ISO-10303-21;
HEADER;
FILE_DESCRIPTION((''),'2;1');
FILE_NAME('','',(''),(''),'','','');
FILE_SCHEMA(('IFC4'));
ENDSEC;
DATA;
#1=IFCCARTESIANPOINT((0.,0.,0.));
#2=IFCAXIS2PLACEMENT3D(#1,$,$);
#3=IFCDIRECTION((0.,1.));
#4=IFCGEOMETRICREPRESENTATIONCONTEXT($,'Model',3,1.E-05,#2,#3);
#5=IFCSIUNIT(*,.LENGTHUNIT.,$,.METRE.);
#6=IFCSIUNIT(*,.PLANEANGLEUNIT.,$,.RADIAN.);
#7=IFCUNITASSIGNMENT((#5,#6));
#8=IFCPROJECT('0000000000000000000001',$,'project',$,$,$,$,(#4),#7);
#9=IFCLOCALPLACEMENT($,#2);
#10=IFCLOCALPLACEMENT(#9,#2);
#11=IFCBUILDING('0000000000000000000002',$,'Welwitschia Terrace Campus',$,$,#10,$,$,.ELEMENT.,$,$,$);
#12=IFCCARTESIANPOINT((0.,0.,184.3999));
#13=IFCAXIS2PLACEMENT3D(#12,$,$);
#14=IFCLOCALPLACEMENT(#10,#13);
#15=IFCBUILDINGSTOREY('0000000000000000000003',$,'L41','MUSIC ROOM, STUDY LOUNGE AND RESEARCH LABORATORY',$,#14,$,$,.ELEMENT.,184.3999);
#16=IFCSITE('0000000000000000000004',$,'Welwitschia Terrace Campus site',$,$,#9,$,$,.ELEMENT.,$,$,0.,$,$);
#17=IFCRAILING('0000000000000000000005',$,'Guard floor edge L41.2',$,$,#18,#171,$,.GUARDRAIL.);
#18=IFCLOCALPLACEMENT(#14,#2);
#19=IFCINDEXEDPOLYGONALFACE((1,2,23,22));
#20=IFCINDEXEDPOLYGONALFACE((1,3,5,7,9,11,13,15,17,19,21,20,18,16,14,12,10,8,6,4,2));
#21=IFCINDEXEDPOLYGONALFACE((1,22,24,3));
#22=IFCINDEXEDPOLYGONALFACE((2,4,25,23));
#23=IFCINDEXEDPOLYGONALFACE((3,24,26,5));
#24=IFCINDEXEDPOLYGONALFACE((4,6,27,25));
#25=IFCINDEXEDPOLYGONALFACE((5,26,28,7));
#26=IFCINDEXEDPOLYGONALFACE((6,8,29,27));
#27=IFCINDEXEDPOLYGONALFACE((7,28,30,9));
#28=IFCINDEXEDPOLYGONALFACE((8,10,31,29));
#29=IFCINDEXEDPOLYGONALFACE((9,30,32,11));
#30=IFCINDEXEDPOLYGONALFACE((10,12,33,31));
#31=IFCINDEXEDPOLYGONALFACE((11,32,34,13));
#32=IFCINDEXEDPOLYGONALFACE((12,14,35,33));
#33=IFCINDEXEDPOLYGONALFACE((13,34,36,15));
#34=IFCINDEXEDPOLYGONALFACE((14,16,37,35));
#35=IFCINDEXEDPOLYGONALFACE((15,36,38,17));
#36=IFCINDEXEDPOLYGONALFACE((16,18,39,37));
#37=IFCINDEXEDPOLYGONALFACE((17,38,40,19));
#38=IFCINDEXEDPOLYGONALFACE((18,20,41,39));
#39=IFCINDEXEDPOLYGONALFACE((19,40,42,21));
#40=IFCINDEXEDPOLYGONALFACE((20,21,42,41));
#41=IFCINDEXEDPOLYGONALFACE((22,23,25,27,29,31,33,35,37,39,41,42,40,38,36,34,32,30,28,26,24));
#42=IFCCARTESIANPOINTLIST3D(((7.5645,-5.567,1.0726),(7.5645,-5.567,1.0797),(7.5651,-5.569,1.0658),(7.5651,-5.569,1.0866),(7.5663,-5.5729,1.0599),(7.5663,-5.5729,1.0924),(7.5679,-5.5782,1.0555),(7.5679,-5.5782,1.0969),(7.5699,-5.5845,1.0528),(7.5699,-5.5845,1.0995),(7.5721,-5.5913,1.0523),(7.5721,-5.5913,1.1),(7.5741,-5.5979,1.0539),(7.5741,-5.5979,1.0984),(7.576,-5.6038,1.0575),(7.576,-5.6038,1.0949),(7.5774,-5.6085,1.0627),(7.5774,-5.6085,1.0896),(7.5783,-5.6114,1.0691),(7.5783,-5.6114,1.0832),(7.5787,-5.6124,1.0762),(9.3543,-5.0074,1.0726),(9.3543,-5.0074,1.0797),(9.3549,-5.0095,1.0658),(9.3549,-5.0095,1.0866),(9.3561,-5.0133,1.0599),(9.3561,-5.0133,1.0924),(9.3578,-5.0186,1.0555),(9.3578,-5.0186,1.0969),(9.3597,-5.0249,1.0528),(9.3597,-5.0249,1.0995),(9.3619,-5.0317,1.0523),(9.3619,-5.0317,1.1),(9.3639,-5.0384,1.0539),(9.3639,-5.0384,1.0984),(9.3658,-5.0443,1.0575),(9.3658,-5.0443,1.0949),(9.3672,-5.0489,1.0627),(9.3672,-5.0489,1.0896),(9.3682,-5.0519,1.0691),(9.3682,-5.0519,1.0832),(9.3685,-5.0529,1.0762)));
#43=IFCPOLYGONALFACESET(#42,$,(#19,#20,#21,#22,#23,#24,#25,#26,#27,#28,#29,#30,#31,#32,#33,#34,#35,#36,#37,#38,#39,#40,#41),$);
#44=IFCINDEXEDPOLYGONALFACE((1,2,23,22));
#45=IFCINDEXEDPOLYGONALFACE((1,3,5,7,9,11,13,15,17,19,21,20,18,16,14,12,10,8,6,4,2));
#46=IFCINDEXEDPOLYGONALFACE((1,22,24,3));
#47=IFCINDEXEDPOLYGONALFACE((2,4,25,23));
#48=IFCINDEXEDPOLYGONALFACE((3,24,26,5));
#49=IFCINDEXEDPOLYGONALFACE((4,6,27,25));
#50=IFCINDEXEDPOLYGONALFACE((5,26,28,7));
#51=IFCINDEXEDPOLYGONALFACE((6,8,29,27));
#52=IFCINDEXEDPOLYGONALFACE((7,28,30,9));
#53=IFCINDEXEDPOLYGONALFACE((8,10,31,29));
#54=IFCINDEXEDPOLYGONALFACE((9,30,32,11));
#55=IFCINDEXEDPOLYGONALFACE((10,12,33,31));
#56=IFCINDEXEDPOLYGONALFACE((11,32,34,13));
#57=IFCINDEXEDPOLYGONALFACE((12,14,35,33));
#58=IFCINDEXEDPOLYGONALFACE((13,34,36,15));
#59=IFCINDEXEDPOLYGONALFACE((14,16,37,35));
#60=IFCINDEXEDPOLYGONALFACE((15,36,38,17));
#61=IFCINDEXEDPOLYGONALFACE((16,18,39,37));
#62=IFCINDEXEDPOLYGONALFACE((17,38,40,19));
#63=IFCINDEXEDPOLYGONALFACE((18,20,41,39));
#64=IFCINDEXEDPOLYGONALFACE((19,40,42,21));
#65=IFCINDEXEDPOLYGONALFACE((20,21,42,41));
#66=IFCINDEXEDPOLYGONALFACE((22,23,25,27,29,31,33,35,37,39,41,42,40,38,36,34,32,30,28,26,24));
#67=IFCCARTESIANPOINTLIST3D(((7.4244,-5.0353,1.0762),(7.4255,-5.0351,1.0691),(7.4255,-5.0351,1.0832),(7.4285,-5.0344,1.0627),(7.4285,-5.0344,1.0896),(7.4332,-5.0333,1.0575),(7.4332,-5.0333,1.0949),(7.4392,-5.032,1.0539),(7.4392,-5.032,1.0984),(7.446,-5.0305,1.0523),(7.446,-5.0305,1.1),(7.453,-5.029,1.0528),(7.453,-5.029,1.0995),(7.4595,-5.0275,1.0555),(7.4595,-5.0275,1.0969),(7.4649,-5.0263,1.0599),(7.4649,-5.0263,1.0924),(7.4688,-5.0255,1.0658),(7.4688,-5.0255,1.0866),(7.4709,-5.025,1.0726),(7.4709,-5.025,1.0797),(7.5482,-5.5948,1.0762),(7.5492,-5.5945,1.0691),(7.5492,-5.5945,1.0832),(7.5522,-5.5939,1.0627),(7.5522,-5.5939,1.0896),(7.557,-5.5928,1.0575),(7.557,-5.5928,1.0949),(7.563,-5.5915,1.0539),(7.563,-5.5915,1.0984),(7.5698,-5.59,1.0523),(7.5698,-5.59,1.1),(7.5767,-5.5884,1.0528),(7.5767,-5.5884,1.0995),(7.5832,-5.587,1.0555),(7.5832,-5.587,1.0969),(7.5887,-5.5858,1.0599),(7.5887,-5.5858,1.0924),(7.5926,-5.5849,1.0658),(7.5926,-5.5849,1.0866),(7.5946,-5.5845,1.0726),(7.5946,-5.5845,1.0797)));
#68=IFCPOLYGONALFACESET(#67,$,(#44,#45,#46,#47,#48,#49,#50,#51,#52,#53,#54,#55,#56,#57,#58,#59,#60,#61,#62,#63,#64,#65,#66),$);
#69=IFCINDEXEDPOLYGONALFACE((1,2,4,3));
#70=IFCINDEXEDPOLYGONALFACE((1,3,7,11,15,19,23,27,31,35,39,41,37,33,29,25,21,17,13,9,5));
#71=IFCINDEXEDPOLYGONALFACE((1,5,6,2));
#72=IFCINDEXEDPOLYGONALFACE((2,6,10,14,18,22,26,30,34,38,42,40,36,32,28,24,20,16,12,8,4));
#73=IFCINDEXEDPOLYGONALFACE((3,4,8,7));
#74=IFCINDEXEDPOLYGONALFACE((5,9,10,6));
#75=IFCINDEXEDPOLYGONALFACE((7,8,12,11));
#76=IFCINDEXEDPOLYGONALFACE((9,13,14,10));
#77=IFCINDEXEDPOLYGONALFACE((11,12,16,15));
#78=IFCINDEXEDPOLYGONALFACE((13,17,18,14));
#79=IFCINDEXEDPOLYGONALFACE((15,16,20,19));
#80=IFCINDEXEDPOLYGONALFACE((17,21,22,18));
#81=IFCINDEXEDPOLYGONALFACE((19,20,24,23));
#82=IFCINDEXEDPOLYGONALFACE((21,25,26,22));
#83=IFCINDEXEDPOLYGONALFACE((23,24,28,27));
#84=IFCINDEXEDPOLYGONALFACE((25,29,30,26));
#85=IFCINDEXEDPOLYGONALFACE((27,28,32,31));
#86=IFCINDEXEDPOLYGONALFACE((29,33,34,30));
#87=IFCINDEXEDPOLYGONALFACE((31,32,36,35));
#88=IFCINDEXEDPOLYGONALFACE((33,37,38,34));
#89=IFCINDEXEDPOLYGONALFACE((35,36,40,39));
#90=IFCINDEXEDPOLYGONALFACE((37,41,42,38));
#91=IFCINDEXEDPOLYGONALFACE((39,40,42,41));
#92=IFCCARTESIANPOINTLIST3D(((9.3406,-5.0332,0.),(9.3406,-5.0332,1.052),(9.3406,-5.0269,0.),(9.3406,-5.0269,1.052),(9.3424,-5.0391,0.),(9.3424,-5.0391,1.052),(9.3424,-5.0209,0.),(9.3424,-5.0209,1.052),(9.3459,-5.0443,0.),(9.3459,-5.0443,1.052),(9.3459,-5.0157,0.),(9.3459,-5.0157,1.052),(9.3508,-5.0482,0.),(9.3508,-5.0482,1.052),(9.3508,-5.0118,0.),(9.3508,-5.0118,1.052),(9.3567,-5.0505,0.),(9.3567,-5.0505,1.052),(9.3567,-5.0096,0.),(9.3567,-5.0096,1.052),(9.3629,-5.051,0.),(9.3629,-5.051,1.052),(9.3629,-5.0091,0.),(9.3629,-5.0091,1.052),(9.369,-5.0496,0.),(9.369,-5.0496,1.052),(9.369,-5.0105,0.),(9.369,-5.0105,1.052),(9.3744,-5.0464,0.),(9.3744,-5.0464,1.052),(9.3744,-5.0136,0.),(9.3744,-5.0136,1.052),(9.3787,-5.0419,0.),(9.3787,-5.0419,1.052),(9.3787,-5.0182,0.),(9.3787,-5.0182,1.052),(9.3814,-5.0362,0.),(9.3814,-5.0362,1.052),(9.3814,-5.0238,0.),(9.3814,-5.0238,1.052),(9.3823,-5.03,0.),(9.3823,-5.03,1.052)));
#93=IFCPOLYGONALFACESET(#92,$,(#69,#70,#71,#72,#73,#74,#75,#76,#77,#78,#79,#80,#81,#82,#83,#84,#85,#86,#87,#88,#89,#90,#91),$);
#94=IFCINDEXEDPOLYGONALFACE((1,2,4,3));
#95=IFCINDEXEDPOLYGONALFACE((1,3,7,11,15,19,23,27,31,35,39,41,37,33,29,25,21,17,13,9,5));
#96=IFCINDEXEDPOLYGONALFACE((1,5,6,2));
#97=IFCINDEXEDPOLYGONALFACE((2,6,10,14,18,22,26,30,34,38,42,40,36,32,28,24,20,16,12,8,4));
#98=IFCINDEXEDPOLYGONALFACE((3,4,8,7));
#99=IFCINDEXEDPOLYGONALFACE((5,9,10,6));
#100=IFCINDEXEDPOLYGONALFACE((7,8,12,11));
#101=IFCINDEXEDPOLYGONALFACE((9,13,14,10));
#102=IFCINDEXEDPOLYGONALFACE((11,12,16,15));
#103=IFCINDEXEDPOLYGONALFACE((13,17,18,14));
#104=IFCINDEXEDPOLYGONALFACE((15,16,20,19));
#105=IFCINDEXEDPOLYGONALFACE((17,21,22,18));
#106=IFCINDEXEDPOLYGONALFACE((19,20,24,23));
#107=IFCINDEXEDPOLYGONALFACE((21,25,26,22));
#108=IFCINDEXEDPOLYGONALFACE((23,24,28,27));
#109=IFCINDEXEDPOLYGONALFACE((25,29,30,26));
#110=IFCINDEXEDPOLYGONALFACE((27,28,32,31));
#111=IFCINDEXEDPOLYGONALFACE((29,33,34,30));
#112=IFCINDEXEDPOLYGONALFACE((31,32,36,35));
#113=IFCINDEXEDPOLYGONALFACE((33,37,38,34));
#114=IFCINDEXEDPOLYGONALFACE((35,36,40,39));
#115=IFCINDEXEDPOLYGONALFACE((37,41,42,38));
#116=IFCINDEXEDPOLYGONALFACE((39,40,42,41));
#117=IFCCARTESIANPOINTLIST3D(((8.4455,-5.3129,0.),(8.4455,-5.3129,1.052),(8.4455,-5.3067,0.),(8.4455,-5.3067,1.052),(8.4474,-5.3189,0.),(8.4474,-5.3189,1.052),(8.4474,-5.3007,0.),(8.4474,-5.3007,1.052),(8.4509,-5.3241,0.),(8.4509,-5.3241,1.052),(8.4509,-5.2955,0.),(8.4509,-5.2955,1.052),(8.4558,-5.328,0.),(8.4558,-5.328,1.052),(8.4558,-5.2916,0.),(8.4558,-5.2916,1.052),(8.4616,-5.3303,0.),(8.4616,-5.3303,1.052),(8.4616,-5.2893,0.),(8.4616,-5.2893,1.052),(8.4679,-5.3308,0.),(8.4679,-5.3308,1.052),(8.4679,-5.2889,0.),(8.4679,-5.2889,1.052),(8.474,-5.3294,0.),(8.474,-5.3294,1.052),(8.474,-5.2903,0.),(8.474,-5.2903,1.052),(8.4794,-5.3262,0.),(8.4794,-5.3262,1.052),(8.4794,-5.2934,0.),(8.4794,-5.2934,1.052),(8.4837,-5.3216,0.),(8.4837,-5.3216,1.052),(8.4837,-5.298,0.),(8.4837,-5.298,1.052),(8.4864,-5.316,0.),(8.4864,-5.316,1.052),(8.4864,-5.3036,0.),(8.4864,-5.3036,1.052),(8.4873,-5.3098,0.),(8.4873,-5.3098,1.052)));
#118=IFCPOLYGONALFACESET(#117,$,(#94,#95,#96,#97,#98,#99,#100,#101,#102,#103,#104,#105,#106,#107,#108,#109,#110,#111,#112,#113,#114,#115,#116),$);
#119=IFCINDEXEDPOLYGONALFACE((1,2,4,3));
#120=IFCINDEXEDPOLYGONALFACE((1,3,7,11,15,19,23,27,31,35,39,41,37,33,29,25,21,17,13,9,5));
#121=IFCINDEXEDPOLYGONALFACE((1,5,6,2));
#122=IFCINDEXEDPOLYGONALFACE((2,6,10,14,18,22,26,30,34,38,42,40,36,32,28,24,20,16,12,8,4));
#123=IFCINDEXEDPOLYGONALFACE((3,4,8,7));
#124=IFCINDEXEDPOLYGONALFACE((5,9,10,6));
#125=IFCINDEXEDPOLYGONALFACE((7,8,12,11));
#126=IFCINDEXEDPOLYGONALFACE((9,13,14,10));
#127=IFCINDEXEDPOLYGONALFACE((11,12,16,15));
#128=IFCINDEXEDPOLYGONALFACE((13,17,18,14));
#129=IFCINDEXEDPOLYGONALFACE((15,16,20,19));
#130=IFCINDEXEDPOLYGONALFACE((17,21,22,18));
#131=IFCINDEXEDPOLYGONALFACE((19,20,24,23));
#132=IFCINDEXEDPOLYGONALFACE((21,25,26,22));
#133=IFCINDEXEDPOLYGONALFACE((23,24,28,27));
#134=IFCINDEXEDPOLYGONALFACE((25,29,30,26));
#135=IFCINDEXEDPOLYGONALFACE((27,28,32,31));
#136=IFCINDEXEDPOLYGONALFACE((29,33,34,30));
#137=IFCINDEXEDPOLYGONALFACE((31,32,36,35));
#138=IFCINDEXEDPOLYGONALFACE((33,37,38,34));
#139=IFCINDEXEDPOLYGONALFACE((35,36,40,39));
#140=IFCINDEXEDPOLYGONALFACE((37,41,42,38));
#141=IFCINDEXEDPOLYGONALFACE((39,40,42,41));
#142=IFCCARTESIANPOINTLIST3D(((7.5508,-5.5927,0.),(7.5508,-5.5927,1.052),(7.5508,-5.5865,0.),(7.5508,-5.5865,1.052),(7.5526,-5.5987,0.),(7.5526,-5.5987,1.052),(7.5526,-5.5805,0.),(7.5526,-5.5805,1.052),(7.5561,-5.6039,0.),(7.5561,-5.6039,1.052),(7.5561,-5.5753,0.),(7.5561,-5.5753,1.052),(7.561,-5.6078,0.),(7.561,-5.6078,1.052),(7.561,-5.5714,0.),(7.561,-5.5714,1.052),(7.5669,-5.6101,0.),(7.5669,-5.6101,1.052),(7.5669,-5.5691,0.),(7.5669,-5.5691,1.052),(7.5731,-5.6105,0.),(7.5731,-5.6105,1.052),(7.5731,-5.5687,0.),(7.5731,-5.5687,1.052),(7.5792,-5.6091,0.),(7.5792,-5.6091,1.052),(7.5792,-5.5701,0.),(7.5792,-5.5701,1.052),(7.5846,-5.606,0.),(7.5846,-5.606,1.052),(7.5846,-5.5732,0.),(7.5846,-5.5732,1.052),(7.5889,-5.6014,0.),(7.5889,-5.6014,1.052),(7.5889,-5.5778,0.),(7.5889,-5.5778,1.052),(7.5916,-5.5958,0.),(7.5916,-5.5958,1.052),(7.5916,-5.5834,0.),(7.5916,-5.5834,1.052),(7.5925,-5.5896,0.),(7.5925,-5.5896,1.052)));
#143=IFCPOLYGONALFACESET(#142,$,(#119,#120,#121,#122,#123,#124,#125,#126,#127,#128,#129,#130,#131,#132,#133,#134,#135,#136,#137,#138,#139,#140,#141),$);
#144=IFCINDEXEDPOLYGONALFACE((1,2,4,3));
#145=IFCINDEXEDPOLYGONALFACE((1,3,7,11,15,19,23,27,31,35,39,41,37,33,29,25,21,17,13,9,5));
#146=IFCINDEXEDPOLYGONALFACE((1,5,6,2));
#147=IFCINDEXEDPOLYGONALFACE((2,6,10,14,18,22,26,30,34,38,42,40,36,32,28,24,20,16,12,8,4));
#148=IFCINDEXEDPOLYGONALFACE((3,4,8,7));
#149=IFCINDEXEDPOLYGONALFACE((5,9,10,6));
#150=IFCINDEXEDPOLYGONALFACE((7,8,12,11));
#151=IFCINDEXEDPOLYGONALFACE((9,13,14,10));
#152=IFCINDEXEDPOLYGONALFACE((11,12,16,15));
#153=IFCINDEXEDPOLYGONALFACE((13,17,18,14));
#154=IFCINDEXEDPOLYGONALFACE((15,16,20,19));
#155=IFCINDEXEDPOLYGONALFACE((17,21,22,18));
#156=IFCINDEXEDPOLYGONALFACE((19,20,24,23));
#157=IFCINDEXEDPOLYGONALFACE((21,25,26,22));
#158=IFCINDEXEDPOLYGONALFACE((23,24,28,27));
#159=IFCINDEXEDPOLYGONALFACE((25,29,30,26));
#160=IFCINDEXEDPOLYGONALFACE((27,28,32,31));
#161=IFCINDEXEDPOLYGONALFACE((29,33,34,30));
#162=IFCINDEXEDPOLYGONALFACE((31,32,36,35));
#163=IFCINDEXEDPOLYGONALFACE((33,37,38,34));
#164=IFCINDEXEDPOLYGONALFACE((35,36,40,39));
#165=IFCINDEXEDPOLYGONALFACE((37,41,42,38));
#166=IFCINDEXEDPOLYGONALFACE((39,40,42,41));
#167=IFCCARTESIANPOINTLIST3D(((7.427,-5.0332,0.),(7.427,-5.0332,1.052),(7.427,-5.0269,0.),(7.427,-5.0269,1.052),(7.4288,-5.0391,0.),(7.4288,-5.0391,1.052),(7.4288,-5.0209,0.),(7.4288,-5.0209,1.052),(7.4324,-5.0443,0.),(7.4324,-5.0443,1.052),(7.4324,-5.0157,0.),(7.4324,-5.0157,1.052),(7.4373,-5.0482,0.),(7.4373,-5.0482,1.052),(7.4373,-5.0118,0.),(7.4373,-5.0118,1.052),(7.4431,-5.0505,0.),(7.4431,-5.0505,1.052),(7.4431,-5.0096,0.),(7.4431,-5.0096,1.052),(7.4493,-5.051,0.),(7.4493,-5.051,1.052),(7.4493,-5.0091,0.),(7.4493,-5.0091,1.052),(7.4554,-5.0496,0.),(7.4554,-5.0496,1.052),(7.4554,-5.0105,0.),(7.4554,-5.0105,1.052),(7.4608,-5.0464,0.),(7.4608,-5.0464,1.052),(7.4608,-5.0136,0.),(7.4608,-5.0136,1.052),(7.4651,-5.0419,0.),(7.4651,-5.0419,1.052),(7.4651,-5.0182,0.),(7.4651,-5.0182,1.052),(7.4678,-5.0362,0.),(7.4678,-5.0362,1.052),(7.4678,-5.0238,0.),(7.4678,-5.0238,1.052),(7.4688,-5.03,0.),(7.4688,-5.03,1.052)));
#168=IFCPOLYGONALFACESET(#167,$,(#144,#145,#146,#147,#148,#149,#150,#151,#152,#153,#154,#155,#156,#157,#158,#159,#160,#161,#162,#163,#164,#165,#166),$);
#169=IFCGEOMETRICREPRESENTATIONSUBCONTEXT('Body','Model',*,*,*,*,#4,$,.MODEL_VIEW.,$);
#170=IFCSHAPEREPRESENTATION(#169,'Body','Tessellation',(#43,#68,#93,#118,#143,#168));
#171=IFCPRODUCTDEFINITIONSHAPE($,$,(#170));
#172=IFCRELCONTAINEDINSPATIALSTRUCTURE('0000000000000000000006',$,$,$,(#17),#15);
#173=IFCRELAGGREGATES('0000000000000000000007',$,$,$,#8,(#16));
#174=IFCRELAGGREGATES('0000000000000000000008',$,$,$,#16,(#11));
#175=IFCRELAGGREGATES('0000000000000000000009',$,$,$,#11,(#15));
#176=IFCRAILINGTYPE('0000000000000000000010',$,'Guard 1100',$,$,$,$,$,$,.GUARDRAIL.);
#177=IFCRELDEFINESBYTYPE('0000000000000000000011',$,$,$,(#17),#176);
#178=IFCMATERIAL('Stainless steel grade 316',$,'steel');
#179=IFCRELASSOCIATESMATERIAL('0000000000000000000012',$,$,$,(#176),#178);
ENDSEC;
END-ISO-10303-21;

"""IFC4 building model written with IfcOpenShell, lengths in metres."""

from ifc_helpers import new_model, si_unit, direction, frame, origin, origin_2d, place, context, subcontext, project, spatial, circle, extrude, material, type_object, element, save


model = new_model("IFC4")

# Units and contexts
model_context = context("Model", 3, precision=1e-05, world=origin(), true_north=direction((0.0, 1.0)))
body_context = subcontext(model_context, "Body", "Model", "MODEL_VIEW")
ifc_project = project(units=[si_unit("LENGTHUNIT", "METRE"), si_unit("PLANEANGLEUNIT", "RADIAN")], contexts=[model_context])

# Site, building, storey
site_placement = place(None, origin())
site = spatial("IfcSite", under=ifc_project, at=site_placement, Name="Welwitschia Terrace Campus site", CompositionType="ELEMENT", RefElevation=0.0)
building_placement = place(site_placement, origin())
building = spatial("IfcBuilding", under=site, at=building_placement, Name="Welwitschia Terrace Campus", CompositionType="ELEMENT")
storey_placement = place(building_placement, frame((0.0, 0.0, 184.3999)))
storey = spatial("IfcBuildingStorey", under=building, at=storey_placement, Name="L41", Description="MUSIC ROOM, STUDY LOUNGE AND RESEARCH LABORATORY", CompositionType="ELEMENT", Elevation=184.3999)

# Railing
ifc_material_1 = material(Name="Stainless steel grade 316", Category="steel")
railing_type = type_object("IfcRailingType", Name="Guard 1100", PredefinedType="GUARDRAIL", material=ifc_material_1)
railing_placement = place(storey_placement, frame((9.3613, -5.03, 0.0)))
element("IfcRailing", 1, at=railing_placement, inside=storey, type_object=railing_type, Name="Guard floor edge L41.2", PredefinedType="GUARDRAIL", context=body_context, shape_type="SweptSolid", body=[
    extrude(circle(Radius=0.0239, at=origin_2d()), frame((0.0, 0.0, 1.0762), z_axis=(-0.954441, -0.298401, 0.0), x_axis=(0.298401, -0.954441, 0.0)), (0.0, 0.0, 1.0), 1.8752),
    extrude(circle(Radius=0.0239, at=origin_2d()), frame((-1.7898, -0.5596, 1.0762), z_axis=(-0.215983, 0.976397, 0.0), x_axis=(-0.976397, -0.215983, 0.0)), (0.0, 0.0, 1.0), 0.573),
    extrude(circle(Radius=0.021, at=origin_2d()), origin(), (0.0, 0.0, 1.0), 1.052),
    extrude(circle(Radius=0.021, at=origin_2d()), frame((-0.895, -0.2798, 0.0)), (0.0, 0.0, 1.0), 1.052),
    extrude(circle(Radius=0.021, at=origin_2d()), frame((-1.7898, -0.5596, 0.0)), (0.0, 0.0, 1.0), 1.052),
    extrude(circle(Radius=0.021, at=origin_2d()), frame((-1.9136, 0.0, 0.0)), (0.0, 0.0, 1.0), 1.052),
])

save(model, "model.ifc")
